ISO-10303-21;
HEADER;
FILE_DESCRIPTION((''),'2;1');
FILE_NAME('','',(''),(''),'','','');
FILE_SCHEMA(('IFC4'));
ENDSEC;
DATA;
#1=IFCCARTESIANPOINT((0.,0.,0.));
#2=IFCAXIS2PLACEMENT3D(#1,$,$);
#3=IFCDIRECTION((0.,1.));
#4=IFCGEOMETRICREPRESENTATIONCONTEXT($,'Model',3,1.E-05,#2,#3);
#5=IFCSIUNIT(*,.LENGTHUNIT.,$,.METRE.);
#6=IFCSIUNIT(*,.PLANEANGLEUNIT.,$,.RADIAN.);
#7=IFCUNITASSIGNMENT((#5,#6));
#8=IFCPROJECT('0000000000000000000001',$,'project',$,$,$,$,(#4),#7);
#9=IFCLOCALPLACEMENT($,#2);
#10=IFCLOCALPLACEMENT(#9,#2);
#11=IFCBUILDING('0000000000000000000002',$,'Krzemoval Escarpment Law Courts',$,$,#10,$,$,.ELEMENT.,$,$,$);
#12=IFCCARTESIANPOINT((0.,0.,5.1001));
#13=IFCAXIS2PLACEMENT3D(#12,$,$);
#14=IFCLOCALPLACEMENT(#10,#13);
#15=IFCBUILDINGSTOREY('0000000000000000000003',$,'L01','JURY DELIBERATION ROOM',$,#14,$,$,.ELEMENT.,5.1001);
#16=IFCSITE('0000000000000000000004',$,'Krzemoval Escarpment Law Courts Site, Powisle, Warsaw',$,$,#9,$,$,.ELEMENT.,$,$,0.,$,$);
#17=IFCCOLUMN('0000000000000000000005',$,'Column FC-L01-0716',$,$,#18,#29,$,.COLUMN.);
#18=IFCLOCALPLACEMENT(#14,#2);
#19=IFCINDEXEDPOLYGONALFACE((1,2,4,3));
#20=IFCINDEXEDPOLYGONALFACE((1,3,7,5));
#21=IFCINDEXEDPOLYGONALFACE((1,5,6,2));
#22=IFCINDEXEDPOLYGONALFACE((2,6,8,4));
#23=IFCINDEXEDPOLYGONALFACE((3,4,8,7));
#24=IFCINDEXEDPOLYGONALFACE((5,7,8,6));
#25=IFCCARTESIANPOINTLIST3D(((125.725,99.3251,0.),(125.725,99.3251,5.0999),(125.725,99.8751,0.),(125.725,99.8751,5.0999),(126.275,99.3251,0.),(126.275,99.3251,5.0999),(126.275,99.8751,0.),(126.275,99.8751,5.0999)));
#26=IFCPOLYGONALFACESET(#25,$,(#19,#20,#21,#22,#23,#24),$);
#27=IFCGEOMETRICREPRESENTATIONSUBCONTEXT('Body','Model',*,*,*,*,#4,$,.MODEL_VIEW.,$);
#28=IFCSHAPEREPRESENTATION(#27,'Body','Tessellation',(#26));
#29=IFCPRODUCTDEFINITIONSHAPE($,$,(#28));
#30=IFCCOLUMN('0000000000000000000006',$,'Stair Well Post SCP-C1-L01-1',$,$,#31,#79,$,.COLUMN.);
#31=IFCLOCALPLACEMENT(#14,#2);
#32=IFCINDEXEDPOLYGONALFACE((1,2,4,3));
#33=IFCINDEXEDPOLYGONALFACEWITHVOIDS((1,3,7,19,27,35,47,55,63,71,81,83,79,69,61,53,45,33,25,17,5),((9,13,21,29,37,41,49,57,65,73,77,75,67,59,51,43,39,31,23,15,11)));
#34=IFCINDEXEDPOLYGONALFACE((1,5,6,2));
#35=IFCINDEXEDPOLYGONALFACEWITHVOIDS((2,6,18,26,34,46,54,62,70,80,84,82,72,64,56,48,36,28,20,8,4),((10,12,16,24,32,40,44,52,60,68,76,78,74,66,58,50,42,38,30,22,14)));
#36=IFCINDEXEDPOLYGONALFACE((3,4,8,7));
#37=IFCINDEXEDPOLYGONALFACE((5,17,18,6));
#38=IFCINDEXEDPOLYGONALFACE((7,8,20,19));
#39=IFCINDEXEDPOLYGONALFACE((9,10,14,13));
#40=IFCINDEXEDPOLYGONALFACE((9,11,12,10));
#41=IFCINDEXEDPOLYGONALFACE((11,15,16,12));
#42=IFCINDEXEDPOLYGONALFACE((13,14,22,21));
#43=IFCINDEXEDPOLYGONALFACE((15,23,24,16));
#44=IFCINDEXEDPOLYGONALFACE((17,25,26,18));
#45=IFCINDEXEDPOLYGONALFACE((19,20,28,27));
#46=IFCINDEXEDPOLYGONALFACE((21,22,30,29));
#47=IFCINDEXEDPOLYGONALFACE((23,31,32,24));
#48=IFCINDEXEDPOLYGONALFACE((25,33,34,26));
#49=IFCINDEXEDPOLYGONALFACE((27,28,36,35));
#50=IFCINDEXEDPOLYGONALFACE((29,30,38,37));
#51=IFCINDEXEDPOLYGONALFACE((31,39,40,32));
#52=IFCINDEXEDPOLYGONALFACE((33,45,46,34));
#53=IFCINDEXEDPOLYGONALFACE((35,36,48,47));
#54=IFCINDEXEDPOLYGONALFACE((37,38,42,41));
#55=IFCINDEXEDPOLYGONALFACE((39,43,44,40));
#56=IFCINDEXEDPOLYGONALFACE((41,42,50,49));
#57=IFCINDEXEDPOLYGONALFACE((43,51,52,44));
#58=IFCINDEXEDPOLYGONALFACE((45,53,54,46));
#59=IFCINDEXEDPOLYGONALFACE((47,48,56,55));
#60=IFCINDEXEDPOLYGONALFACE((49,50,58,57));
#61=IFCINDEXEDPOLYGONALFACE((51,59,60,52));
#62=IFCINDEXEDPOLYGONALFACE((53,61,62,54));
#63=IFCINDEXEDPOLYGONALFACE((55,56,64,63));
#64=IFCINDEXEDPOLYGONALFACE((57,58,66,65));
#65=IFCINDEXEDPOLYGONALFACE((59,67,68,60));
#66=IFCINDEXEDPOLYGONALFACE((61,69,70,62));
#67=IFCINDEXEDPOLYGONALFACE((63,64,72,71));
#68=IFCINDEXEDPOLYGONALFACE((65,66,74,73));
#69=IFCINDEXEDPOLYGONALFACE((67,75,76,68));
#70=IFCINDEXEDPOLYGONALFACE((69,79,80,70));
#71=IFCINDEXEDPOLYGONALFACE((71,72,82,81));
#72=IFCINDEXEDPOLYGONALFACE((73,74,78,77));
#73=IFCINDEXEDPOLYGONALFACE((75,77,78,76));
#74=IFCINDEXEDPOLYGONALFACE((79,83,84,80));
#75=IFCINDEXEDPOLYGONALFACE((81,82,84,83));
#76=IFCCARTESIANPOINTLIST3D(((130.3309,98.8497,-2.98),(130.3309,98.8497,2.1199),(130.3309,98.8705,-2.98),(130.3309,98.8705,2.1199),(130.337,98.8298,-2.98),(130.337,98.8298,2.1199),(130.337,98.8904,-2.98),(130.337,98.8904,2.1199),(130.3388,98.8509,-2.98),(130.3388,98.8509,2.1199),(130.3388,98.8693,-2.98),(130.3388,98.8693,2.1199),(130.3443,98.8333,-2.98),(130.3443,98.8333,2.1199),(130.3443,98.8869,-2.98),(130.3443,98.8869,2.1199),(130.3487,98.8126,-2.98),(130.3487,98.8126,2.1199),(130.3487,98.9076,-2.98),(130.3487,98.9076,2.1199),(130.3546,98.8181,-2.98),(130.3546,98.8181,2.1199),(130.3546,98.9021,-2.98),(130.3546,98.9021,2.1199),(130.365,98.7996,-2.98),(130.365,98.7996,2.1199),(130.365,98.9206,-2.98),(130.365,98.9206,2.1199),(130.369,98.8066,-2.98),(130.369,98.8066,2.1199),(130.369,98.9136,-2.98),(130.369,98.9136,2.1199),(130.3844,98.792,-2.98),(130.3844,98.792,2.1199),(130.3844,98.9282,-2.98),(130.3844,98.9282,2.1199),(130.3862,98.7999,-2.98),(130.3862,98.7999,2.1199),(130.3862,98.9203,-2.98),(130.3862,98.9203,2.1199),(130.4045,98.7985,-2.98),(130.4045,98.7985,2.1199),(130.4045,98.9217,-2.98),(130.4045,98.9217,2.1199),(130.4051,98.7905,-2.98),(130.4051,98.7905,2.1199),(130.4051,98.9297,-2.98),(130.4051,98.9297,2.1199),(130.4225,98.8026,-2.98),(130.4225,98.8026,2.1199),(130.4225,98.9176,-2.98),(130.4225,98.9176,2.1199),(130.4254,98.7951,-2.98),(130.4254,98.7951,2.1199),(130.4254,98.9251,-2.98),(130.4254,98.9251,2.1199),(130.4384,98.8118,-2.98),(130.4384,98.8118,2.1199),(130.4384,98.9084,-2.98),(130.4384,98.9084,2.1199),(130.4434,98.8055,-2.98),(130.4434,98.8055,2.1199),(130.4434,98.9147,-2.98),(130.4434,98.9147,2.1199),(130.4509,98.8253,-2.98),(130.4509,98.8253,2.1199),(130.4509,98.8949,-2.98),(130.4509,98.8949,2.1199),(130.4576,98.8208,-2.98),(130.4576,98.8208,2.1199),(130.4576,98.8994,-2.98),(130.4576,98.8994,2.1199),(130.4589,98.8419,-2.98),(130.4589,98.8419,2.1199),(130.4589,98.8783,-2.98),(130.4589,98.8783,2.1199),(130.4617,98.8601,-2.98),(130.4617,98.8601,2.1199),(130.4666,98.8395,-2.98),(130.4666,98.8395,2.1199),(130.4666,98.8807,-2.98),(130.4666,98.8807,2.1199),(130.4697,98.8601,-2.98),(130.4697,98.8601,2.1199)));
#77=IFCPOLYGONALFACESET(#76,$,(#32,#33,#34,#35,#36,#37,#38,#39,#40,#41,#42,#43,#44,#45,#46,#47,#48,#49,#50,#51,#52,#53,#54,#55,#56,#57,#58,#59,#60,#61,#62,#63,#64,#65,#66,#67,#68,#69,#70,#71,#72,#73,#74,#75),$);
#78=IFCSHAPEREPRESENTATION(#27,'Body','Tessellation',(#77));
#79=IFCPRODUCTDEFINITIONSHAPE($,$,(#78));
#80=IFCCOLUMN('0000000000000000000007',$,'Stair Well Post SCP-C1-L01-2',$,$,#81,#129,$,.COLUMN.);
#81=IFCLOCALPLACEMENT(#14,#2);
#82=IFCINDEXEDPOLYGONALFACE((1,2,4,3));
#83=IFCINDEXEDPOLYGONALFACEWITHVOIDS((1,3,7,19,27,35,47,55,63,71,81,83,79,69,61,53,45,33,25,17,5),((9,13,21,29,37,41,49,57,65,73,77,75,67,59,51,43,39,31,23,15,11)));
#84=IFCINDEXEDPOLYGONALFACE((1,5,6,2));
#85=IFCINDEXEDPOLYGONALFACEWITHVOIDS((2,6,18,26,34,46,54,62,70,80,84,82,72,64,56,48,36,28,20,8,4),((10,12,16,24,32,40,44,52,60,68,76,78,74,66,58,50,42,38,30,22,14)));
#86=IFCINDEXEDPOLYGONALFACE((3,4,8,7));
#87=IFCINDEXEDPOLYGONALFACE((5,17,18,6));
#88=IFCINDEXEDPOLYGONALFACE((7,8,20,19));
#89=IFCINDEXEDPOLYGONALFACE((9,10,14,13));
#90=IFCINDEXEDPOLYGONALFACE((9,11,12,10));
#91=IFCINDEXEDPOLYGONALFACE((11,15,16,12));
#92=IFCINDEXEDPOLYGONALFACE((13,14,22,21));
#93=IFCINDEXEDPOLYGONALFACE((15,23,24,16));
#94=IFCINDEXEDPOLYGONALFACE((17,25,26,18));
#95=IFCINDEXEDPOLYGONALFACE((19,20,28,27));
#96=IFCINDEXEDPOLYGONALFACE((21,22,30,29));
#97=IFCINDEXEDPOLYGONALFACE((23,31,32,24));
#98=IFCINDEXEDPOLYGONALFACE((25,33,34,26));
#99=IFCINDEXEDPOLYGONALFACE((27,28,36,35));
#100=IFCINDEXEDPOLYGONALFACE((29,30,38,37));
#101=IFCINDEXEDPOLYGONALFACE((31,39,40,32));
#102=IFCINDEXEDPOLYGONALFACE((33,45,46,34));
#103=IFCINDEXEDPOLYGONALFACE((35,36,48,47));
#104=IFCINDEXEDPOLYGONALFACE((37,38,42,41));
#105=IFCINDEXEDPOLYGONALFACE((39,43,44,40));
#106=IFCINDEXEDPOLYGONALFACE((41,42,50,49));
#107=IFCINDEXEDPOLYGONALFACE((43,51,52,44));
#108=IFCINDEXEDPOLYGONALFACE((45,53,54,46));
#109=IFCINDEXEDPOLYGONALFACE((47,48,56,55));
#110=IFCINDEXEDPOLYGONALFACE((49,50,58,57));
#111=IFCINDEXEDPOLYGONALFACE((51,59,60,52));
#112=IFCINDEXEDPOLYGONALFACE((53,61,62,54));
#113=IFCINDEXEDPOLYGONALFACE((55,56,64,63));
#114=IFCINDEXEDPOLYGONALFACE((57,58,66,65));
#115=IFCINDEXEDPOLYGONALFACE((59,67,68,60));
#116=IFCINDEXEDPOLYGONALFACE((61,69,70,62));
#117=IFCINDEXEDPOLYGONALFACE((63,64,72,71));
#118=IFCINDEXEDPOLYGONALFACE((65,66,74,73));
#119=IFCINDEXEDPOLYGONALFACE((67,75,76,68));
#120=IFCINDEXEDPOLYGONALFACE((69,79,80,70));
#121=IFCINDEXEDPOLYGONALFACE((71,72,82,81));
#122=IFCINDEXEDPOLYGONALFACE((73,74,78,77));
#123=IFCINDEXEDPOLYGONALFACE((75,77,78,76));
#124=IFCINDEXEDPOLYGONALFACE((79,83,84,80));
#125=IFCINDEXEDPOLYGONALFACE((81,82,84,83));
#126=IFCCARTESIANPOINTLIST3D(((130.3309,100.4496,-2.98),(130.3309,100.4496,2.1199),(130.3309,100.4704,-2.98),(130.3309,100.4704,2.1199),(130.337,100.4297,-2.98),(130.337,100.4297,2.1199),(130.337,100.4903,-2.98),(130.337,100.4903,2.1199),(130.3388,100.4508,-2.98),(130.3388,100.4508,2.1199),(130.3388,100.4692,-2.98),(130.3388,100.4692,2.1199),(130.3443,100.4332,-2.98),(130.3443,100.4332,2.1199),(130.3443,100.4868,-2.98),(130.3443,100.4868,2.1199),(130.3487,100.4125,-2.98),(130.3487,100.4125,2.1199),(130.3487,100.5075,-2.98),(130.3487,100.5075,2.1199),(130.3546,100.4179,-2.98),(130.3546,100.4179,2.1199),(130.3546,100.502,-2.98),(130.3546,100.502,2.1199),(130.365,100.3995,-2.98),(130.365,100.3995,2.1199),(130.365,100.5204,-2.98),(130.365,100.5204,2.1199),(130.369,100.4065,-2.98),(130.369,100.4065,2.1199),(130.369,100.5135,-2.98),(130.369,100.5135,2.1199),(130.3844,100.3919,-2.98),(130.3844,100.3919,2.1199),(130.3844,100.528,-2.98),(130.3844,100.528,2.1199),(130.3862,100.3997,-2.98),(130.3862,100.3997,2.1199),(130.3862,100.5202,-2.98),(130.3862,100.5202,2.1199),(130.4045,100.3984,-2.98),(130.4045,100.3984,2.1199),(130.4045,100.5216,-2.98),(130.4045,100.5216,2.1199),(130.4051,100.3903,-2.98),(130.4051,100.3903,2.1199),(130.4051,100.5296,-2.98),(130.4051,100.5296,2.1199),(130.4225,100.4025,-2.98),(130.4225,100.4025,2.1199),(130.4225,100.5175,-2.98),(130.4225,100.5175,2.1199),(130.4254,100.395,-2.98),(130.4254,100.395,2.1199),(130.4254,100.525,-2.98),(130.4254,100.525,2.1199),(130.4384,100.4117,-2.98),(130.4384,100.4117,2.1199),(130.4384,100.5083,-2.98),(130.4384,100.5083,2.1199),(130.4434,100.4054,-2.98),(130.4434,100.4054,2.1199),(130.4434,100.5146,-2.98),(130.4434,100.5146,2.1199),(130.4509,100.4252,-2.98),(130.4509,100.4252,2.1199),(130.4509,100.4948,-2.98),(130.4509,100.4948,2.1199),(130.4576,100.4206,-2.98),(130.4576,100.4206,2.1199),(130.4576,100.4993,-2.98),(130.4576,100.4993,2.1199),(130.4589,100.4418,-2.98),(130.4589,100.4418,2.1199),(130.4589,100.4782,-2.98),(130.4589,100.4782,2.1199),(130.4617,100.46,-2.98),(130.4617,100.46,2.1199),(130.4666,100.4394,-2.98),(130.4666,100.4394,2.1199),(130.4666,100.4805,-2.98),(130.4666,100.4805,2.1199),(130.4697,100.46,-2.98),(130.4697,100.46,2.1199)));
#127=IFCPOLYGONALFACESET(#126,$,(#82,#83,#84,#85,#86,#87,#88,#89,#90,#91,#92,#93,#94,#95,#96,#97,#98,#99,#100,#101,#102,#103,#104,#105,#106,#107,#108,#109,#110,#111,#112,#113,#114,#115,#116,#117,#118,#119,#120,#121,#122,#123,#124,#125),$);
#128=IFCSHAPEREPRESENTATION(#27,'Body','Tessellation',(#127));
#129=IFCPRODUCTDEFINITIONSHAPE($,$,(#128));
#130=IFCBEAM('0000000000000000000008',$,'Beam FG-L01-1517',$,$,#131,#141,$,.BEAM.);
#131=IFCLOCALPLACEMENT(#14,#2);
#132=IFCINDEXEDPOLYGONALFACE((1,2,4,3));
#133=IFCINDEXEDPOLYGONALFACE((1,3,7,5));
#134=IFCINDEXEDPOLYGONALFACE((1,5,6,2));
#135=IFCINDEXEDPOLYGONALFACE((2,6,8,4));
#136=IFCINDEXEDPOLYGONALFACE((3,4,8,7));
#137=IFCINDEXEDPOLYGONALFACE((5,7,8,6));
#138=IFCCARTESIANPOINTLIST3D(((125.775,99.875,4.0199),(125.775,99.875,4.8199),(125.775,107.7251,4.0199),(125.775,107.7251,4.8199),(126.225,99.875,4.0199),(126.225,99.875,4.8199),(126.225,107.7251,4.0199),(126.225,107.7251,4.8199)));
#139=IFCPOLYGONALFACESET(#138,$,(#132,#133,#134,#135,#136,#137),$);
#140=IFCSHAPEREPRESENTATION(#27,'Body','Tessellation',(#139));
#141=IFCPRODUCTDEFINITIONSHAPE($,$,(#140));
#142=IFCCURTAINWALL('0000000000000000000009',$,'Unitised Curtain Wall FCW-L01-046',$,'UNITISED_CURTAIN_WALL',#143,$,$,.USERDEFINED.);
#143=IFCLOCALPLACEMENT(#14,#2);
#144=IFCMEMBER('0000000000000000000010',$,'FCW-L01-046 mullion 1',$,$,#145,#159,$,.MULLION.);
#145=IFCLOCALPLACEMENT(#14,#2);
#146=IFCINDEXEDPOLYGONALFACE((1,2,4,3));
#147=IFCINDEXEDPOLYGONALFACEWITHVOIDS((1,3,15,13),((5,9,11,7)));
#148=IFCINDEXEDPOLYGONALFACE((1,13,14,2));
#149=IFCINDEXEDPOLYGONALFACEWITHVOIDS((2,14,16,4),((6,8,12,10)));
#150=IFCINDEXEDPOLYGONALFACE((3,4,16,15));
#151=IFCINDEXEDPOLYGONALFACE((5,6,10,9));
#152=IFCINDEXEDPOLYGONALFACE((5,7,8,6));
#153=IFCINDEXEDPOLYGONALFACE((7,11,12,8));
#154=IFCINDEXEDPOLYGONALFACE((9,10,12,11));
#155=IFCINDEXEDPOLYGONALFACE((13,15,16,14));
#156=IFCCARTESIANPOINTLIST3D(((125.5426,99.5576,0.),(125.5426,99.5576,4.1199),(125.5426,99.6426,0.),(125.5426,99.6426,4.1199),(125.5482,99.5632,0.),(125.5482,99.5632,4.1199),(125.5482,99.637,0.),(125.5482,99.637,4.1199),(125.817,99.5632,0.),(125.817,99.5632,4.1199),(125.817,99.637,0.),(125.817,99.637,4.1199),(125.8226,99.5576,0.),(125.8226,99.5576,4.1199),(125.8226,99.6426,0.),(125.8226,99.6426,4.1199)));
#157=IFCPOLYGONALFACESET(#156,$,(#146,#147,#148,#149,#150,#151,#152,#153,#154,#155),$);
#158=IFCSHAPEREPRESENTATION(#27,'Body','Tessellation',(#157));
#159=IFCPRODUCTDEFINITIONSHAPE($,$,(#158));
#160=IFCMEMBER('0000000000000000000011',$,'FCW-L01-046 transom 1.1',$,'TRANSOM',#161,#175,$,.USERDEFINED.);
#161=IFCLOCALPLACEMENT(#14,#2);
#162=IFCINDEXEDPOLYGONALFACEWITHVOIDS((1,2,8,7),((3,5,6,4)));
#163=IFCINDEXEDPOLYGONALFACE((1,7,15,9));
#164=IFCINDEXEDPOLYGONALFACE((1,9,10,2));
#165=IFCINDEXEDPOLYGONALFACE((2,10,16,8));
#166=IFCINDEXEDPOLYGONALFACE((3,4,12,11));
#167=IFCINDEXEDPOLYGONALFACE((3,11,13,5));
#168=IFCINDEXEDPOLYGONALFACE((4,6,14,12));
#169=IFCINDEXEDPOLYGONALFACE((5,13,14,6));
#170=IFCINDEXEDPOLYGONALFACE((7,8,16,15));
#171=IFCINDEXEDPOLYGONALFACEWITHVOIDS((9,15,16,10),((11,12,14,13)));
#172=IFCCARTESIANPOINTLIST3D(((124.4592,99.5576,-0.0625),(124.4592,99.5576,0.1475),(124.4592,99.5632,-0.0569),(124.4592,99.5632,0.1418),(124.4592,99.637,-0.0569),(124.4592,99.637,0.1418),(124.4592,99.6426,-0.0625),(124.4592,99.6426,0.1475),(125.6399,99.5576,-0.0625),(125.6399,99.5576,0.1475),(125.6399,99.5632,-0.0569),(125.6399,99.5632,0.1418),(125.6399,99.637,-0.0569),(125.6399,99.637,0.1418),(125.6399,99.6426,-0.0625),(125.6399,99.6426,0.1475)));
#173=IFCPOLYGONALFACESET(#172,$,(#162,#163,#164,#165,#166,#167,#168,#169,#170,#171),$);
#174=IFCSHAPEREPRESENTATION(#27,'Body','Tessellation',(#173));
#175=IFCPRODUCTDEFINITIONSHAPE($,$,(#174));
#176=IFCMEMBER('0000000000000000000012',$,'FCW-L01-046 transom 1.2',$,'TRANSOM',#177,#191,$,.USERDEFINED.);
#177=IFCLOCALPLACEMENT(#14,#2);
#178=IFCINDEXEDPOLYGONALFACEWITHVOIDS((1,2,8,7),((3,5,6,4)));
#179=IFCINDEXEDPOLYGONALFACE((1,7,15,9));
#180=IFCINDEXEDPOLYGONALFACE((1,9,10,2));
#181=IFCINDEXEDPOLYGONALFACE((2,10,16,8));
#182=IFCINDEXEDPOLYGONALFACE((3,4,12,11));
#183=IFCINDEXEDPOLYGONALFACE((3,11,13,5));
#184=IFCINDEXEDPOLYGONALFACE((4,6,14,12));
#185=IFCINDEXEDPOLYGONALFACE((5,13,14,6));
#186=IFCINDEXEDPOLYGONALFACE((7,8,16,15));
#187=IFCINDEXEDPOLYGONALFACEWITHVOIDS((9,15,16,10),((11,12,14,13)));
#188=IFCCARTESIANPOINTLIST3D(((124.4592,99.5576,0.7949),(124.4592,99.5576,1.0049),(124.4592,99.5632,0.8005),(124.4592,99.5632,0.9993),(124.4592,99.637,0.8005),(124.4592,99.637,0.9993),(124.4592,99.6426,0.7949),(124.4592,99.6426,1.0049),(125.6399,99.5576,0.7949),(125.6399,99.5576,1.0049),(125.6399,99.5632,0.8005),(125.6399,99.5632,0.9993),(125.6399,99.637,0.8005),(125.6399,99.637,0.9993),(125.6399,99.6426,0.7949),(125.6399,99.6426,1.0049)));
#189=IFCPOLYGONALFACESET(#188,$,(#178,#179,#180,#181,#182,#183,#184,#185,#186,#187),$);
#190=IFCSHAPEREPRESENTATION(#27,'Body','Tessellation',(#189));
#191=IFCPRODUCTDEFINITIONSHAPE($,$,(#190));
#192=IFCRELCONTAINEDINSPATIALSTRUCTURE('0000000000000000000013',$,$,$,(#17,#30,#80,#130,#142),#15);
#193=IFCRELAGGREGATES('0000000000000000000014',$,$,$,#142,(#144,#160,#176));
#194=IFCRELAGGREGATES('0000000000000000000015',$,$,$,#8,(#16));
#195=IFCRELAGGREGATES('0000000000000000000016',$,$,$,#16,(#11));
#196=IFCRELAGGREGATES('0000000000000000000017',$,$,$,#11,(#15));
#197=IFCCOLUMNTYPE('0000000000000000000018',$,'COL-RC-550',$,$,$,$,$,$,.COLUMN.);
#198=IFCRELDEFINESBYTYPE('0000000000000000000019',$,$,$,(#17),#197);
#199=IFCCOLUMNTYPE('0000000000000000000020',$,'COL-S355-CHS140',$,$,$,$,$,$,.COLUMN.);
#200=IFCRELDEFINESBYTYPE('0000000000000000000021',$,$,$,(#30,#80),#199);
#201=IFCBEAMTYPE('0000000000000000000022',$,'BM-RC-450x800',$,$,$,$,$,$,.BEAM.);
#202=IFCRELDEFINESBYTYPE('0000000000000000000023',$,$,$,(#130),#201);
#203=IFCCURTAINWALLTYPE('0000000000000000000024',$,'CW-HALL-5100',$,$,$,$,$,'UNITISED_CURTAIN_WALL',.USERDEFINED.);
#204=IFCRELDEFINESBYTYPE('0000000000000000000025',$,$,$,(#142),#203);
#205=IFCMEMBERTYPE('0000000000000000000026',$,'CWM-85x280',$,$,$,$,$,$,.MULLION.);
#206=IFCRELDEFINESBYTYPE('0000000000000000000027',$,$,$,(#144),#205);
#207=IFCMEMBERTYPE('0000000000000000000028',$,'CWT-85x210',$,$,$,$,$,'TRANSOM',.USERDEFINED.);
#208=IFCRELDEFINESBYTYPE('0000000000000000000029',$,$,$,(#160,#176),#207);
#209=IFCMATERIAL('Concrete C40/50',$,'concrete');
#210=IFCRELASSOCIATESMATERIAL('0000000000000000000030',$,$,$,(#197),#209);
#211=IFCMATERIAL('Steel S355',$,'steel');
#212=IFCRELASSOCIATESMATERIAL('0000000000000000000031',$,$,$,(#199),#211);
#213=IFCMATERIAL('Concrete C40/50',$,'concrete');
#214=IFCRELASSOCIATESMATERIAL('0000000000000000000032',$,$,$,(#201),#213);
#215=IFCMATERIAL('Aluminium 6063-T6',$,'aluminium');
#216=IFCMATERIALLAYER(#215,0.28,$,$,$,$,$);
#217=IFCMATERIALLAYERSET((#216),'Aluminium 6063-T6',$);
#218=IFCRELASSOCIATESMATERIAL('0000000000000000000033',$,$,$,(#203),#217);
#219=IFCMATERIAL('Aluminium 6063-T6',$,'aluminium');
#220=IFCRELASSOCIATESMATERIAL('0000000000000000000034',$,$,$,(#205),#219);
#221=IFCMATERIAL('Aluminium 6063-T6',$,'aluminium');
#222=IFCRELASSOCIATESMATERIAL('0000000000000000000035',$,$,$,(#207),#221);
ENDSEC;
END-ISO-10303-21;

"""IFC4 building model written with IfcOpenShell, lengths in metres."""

from ifc_helpers import new_model, si_unit, direction, frame, origin, origin_2d, place, context, subcontext, project, spatial, rectangle, hollow_rectangle, hollow_circle, extrude, material, layer, layer_set, material_profile, profile_set, type_object, element, aggregate, save


model = new_model("IFC4")

# Units and contexts
model_context = context("Model", 3, precision=1e-05, world=origin(), true_north=direction((0.0, 1.0)))
body_context = subcontext(model_context, "Body", "Model", "MODEL_VIEW")
ifc_project = project(units=[si_unit("LENGTHUNIT", "METRE"), si_unit("PLANEANGLEUNIT", "RADIAN")], contexts=[model_context])

# Site, building, storey
site_placement = place(None, origin())
site = spatial("IfcSite", under=ifc_project, at=site_placement, Name="Krzemoval Escarpment Law Courts Site, Powisle, Warsaw", CompositionType="ELEMENT", RefElevation=0.0)
building_placement = place(site_placement, origin())
building = spatial("IfcBuilding", under=site, at=building_placement, Name="Krzemoval Escarpment Law Courts", CompositionType="ELEMENT")
storey_placement = place(building_placement, frame((0.0, 0.0, 5.1001)))
storey = spatial("IfcBuildingStorey", under=building, at=storey_placement, Name="L01", Description="JURY DELIBERATION ROOM", CompositionType="ELEMENT", Elevation=5.1001)

# Columns
ifc_material_1 = material(Name="Concrete C40/50", Category="concrete")
ifc_material_profile_1 = material_profile(ifc_material_1, rectangle(XDim=0.55, YDim=0.55, at=origin_2d()), Name="RC 550x550")
ifc_profile_set_1 = profile_set([ifc_material_profile_1], Name="Concrete C40/50")
column_type_1 = type_object("IfcColumnType", Name="COL-RC-550", PredefinedType="COLUMN", material=ifc_profile_set_1)
column_placement = place(storey_placement, frame((126.0, 99.6001, 0.0), z_axis=(0.0, 0.0, 1.0), x_axis=(1.0, 0.0, 0.0)))
element("IfcColumn", 1, at=column_placement, inside=storey, type_object=column_type_1, Name="Column FC-L01-0716", PredefinedType="COLUMN", context=body_context, shape_type="SweptSolid", body=[
    extrude(rectangle(XDim=0.55, YDim=0.55, at=origin_2d()), origin(), (0.0, 0.0, 1.0), 5.0999),
])
ifc_material_2 = material(Name="Steel S355", Category="steel")
ifc_material_profile_2 = material_profile(ifc_material_2, hollow_circle(Radius=0.0698, WallThickness=0.0081, at=origin_2d()), Name="CHS 139.7x8")
ifc_profile_set_2 = profile_set([ifc_material_profile_2], Name="Steel S355")
column_type_2 = type_object("IfcColumnType", Name="COL-S355-CHS140", PredefinedType="COLUMN", material=ifc_profile_set_2)
for number, where, z_axis, x_axis, name in (
    (2, (130.3999, 98.8601, -2.98), (0.0, 0.0, 1.0), (1.0, 0.0, 0.0), "Stair Well Post SCP-C1-L01-1"),
    (3, (130.3999, 100.46, -2.98), (0.0, 0.0, 1.0), (1.0, 0.0, 0.0), "Stair Well Post SCP-C1-L01-2"),
):
    element("IfcColumn", number, at=place(storey_placement, frame(where, z_axis=z_axis, x_axis=x_axis)), inside=storey, type_object=column_type_2, Name=name, PredefinedType="COLUMN", context=body_context, shape_type="SweptSolid", body=[
        extrude(hollow_circle(Radius=0.0698, WallThickness=0.0081, at=origin_2d()), origin(), (0.0, 0.0, 1.0), 5.0999),
    ])

# Beam
ifc_material_3 = material(Name="Concrete C40/50", Category="concrete")
ifc_material_profile_3 = material_profile(ifc_material_3, rectangle(XDim=0.45, YDim=0.8, at=origin_2d()), Name="RCB 450x800")
ifc_profile_set_3 = profile_set([ifc_material_profile_3], Name="Concrete C40/50")
beam_type_1 = type_object("IfcBeamType", Name="BM-RC-450x800", PredefinedType="BEAM", material=ifc_profile_set_3)
beam_1_placement = place(storey_placement, frame((126.0, 99.875, 4.4199), z_axis=(0.0, 1.0, 0.0), x_axis=(-1.0, 0.0, 0.0)))
element("IfcBeam", 4, at=beam_1_placement, inside=storey, type_object=beam_type_1, Name="Beam FG-L01-1517", PredefinedType="BEAM", context=body_context, shape_type="SweptSolid", body=[
    extrude(rectangle(XDim=0.45, YDim=0.8, at=origin_2d()), origin(), (0.0, 0.0, 1.0), 7.8501),
])

# Curtain wall, members
ifc_material_4 = material(Name="Aluminium 6063-T6", Category="aluminium")
ifc_layer_1 = layer(ifc_material_4, 0.28)
ifc_layer_set_1 = layer_set([ifc_layer_1], Name="Aluminium 6063-T6")
curtain_wall_type = type_object("IfcCurtainWallType", Name="CW-HALL-5100", ElementType="UNITISED_CURTAIN_WALL", PredefinedType="USERDEFINED", material=ifc_layer_set_1)
curtain_wall_placement = place(storey_placement, origin())
curtain_wall = element("IfcCurtainWall", 5, at=curtain_wall_placement, inside=storey, type_object=curtain_wall_type, Name="Unitised Curtain Wall FCW-L01-046", ObjectType="UNITISED_CURTAIN_WALL", PredefinedType="USERDEFINED")
ifc_material_5 = material(Name="Aluminium 6063-T6", Category="aluminium")
ifc_material_profile_4 = material_profile(ifc_material_5, hollow_rectangle(XDim=0.085, YDim=0.28, WallThickness=0.0056, at=origin_2d()), Name="ALU M85x280")
ifc_profile_set_4 = profile_set([ifc_material_profile_4], Name="Aluminium 6063-T6")
member_type_1 = type_object("IfcMemberType", Name="CWM-85x280", PredefinedType="MULLION", material=ifc_profile_set_4)
member_1_placement = place(storey_placement, frame((125.6826, 99.6001, 0.0), z_axis=(0.0, 0.0, 1.0), x_axis=(0.0, -1.0, 0.0)))
member_1 = element("IfcMember", 6, at=member_1_placement, type_object=member_type_1, Name="FCW-L01-046 mullion 1", PredefinedType="MULLION", context=body_context, shape_type="SweptSolid", body=[
    extrude(hollow_rectangle(XDim=0.085, YDim=0.28, WallThickness=0.0056, at=origin_2d()), origin(), (0.0, 0.0, 1.0), 4.1199),
])
ifc_material_6 = material(Name="Aluminium 6063-T6", Category="aluminium")
ifc_material_profile_5 = material_profile(ifc_material_6, hollow_rectangle(XDim=0.085, YDim=0.21, WallThickness=0.0056, at=origin_2d()), Name="ALU T85x210")
ifc_profile_set_5 = profile_set([ifc_material_profile_5], Name="Aluminium 6063-T6")
member_type_2 = type_object("IfcMemberType", Name="CWT-85x210", ElementType="TRANSOM", PredefinedType="USERDEFINED", material=ifc_profile_set_5)
member_2_placement = place(storey_placement, frame((125.6399, 99.6001, 0.0425), z_axis=(-1.0, 0.0, 0.0), x_axis=(0.0, -1.0, 0.0)))
member_2 = element("IfcMember", 7, at=member_2_placement, type_object=member_type_2, Name="FCW-L01-046 transom 1.1", ObjectType="TRANSOM", PredefinedType="USERDEFINED", context=body_context, shape_type="SweptSolid", body=[
    extrude(hollow_rectangle(XDim=0.085, YDim=0.21, WallThickness=0.0056, at=origin_2d()), origin(), (0.0, 0.0, 1.0), 1.1807),
])
member_3_placement = place(storey_placement, frame((125.6399, 99.6001, 0.8999), z_axis=(-1.0, 0.0, 0.0), x_axis=(0.0, -1.0, 0.0)))
member_3 = element("IfcMember", 8, at=member_3_placement, type_object=member_type_2, Name="FCW-L01-046 transom 1.2", ObjectType="TRANSOM", PredefinedType="USERDEFINED", context=body_context, shape_type="SweptSolid", body=[
    extrude(hollow_rectangle(XDim=0.085, YDim=0.21, WallThickness=0.0056, at=origin_2d()), origin(), (0.0, 0.0, 1.0), 1.1807),
])
aggregate(curtain_wall, [member_1, member_2, member_3])

save(model, "model.ifc")
